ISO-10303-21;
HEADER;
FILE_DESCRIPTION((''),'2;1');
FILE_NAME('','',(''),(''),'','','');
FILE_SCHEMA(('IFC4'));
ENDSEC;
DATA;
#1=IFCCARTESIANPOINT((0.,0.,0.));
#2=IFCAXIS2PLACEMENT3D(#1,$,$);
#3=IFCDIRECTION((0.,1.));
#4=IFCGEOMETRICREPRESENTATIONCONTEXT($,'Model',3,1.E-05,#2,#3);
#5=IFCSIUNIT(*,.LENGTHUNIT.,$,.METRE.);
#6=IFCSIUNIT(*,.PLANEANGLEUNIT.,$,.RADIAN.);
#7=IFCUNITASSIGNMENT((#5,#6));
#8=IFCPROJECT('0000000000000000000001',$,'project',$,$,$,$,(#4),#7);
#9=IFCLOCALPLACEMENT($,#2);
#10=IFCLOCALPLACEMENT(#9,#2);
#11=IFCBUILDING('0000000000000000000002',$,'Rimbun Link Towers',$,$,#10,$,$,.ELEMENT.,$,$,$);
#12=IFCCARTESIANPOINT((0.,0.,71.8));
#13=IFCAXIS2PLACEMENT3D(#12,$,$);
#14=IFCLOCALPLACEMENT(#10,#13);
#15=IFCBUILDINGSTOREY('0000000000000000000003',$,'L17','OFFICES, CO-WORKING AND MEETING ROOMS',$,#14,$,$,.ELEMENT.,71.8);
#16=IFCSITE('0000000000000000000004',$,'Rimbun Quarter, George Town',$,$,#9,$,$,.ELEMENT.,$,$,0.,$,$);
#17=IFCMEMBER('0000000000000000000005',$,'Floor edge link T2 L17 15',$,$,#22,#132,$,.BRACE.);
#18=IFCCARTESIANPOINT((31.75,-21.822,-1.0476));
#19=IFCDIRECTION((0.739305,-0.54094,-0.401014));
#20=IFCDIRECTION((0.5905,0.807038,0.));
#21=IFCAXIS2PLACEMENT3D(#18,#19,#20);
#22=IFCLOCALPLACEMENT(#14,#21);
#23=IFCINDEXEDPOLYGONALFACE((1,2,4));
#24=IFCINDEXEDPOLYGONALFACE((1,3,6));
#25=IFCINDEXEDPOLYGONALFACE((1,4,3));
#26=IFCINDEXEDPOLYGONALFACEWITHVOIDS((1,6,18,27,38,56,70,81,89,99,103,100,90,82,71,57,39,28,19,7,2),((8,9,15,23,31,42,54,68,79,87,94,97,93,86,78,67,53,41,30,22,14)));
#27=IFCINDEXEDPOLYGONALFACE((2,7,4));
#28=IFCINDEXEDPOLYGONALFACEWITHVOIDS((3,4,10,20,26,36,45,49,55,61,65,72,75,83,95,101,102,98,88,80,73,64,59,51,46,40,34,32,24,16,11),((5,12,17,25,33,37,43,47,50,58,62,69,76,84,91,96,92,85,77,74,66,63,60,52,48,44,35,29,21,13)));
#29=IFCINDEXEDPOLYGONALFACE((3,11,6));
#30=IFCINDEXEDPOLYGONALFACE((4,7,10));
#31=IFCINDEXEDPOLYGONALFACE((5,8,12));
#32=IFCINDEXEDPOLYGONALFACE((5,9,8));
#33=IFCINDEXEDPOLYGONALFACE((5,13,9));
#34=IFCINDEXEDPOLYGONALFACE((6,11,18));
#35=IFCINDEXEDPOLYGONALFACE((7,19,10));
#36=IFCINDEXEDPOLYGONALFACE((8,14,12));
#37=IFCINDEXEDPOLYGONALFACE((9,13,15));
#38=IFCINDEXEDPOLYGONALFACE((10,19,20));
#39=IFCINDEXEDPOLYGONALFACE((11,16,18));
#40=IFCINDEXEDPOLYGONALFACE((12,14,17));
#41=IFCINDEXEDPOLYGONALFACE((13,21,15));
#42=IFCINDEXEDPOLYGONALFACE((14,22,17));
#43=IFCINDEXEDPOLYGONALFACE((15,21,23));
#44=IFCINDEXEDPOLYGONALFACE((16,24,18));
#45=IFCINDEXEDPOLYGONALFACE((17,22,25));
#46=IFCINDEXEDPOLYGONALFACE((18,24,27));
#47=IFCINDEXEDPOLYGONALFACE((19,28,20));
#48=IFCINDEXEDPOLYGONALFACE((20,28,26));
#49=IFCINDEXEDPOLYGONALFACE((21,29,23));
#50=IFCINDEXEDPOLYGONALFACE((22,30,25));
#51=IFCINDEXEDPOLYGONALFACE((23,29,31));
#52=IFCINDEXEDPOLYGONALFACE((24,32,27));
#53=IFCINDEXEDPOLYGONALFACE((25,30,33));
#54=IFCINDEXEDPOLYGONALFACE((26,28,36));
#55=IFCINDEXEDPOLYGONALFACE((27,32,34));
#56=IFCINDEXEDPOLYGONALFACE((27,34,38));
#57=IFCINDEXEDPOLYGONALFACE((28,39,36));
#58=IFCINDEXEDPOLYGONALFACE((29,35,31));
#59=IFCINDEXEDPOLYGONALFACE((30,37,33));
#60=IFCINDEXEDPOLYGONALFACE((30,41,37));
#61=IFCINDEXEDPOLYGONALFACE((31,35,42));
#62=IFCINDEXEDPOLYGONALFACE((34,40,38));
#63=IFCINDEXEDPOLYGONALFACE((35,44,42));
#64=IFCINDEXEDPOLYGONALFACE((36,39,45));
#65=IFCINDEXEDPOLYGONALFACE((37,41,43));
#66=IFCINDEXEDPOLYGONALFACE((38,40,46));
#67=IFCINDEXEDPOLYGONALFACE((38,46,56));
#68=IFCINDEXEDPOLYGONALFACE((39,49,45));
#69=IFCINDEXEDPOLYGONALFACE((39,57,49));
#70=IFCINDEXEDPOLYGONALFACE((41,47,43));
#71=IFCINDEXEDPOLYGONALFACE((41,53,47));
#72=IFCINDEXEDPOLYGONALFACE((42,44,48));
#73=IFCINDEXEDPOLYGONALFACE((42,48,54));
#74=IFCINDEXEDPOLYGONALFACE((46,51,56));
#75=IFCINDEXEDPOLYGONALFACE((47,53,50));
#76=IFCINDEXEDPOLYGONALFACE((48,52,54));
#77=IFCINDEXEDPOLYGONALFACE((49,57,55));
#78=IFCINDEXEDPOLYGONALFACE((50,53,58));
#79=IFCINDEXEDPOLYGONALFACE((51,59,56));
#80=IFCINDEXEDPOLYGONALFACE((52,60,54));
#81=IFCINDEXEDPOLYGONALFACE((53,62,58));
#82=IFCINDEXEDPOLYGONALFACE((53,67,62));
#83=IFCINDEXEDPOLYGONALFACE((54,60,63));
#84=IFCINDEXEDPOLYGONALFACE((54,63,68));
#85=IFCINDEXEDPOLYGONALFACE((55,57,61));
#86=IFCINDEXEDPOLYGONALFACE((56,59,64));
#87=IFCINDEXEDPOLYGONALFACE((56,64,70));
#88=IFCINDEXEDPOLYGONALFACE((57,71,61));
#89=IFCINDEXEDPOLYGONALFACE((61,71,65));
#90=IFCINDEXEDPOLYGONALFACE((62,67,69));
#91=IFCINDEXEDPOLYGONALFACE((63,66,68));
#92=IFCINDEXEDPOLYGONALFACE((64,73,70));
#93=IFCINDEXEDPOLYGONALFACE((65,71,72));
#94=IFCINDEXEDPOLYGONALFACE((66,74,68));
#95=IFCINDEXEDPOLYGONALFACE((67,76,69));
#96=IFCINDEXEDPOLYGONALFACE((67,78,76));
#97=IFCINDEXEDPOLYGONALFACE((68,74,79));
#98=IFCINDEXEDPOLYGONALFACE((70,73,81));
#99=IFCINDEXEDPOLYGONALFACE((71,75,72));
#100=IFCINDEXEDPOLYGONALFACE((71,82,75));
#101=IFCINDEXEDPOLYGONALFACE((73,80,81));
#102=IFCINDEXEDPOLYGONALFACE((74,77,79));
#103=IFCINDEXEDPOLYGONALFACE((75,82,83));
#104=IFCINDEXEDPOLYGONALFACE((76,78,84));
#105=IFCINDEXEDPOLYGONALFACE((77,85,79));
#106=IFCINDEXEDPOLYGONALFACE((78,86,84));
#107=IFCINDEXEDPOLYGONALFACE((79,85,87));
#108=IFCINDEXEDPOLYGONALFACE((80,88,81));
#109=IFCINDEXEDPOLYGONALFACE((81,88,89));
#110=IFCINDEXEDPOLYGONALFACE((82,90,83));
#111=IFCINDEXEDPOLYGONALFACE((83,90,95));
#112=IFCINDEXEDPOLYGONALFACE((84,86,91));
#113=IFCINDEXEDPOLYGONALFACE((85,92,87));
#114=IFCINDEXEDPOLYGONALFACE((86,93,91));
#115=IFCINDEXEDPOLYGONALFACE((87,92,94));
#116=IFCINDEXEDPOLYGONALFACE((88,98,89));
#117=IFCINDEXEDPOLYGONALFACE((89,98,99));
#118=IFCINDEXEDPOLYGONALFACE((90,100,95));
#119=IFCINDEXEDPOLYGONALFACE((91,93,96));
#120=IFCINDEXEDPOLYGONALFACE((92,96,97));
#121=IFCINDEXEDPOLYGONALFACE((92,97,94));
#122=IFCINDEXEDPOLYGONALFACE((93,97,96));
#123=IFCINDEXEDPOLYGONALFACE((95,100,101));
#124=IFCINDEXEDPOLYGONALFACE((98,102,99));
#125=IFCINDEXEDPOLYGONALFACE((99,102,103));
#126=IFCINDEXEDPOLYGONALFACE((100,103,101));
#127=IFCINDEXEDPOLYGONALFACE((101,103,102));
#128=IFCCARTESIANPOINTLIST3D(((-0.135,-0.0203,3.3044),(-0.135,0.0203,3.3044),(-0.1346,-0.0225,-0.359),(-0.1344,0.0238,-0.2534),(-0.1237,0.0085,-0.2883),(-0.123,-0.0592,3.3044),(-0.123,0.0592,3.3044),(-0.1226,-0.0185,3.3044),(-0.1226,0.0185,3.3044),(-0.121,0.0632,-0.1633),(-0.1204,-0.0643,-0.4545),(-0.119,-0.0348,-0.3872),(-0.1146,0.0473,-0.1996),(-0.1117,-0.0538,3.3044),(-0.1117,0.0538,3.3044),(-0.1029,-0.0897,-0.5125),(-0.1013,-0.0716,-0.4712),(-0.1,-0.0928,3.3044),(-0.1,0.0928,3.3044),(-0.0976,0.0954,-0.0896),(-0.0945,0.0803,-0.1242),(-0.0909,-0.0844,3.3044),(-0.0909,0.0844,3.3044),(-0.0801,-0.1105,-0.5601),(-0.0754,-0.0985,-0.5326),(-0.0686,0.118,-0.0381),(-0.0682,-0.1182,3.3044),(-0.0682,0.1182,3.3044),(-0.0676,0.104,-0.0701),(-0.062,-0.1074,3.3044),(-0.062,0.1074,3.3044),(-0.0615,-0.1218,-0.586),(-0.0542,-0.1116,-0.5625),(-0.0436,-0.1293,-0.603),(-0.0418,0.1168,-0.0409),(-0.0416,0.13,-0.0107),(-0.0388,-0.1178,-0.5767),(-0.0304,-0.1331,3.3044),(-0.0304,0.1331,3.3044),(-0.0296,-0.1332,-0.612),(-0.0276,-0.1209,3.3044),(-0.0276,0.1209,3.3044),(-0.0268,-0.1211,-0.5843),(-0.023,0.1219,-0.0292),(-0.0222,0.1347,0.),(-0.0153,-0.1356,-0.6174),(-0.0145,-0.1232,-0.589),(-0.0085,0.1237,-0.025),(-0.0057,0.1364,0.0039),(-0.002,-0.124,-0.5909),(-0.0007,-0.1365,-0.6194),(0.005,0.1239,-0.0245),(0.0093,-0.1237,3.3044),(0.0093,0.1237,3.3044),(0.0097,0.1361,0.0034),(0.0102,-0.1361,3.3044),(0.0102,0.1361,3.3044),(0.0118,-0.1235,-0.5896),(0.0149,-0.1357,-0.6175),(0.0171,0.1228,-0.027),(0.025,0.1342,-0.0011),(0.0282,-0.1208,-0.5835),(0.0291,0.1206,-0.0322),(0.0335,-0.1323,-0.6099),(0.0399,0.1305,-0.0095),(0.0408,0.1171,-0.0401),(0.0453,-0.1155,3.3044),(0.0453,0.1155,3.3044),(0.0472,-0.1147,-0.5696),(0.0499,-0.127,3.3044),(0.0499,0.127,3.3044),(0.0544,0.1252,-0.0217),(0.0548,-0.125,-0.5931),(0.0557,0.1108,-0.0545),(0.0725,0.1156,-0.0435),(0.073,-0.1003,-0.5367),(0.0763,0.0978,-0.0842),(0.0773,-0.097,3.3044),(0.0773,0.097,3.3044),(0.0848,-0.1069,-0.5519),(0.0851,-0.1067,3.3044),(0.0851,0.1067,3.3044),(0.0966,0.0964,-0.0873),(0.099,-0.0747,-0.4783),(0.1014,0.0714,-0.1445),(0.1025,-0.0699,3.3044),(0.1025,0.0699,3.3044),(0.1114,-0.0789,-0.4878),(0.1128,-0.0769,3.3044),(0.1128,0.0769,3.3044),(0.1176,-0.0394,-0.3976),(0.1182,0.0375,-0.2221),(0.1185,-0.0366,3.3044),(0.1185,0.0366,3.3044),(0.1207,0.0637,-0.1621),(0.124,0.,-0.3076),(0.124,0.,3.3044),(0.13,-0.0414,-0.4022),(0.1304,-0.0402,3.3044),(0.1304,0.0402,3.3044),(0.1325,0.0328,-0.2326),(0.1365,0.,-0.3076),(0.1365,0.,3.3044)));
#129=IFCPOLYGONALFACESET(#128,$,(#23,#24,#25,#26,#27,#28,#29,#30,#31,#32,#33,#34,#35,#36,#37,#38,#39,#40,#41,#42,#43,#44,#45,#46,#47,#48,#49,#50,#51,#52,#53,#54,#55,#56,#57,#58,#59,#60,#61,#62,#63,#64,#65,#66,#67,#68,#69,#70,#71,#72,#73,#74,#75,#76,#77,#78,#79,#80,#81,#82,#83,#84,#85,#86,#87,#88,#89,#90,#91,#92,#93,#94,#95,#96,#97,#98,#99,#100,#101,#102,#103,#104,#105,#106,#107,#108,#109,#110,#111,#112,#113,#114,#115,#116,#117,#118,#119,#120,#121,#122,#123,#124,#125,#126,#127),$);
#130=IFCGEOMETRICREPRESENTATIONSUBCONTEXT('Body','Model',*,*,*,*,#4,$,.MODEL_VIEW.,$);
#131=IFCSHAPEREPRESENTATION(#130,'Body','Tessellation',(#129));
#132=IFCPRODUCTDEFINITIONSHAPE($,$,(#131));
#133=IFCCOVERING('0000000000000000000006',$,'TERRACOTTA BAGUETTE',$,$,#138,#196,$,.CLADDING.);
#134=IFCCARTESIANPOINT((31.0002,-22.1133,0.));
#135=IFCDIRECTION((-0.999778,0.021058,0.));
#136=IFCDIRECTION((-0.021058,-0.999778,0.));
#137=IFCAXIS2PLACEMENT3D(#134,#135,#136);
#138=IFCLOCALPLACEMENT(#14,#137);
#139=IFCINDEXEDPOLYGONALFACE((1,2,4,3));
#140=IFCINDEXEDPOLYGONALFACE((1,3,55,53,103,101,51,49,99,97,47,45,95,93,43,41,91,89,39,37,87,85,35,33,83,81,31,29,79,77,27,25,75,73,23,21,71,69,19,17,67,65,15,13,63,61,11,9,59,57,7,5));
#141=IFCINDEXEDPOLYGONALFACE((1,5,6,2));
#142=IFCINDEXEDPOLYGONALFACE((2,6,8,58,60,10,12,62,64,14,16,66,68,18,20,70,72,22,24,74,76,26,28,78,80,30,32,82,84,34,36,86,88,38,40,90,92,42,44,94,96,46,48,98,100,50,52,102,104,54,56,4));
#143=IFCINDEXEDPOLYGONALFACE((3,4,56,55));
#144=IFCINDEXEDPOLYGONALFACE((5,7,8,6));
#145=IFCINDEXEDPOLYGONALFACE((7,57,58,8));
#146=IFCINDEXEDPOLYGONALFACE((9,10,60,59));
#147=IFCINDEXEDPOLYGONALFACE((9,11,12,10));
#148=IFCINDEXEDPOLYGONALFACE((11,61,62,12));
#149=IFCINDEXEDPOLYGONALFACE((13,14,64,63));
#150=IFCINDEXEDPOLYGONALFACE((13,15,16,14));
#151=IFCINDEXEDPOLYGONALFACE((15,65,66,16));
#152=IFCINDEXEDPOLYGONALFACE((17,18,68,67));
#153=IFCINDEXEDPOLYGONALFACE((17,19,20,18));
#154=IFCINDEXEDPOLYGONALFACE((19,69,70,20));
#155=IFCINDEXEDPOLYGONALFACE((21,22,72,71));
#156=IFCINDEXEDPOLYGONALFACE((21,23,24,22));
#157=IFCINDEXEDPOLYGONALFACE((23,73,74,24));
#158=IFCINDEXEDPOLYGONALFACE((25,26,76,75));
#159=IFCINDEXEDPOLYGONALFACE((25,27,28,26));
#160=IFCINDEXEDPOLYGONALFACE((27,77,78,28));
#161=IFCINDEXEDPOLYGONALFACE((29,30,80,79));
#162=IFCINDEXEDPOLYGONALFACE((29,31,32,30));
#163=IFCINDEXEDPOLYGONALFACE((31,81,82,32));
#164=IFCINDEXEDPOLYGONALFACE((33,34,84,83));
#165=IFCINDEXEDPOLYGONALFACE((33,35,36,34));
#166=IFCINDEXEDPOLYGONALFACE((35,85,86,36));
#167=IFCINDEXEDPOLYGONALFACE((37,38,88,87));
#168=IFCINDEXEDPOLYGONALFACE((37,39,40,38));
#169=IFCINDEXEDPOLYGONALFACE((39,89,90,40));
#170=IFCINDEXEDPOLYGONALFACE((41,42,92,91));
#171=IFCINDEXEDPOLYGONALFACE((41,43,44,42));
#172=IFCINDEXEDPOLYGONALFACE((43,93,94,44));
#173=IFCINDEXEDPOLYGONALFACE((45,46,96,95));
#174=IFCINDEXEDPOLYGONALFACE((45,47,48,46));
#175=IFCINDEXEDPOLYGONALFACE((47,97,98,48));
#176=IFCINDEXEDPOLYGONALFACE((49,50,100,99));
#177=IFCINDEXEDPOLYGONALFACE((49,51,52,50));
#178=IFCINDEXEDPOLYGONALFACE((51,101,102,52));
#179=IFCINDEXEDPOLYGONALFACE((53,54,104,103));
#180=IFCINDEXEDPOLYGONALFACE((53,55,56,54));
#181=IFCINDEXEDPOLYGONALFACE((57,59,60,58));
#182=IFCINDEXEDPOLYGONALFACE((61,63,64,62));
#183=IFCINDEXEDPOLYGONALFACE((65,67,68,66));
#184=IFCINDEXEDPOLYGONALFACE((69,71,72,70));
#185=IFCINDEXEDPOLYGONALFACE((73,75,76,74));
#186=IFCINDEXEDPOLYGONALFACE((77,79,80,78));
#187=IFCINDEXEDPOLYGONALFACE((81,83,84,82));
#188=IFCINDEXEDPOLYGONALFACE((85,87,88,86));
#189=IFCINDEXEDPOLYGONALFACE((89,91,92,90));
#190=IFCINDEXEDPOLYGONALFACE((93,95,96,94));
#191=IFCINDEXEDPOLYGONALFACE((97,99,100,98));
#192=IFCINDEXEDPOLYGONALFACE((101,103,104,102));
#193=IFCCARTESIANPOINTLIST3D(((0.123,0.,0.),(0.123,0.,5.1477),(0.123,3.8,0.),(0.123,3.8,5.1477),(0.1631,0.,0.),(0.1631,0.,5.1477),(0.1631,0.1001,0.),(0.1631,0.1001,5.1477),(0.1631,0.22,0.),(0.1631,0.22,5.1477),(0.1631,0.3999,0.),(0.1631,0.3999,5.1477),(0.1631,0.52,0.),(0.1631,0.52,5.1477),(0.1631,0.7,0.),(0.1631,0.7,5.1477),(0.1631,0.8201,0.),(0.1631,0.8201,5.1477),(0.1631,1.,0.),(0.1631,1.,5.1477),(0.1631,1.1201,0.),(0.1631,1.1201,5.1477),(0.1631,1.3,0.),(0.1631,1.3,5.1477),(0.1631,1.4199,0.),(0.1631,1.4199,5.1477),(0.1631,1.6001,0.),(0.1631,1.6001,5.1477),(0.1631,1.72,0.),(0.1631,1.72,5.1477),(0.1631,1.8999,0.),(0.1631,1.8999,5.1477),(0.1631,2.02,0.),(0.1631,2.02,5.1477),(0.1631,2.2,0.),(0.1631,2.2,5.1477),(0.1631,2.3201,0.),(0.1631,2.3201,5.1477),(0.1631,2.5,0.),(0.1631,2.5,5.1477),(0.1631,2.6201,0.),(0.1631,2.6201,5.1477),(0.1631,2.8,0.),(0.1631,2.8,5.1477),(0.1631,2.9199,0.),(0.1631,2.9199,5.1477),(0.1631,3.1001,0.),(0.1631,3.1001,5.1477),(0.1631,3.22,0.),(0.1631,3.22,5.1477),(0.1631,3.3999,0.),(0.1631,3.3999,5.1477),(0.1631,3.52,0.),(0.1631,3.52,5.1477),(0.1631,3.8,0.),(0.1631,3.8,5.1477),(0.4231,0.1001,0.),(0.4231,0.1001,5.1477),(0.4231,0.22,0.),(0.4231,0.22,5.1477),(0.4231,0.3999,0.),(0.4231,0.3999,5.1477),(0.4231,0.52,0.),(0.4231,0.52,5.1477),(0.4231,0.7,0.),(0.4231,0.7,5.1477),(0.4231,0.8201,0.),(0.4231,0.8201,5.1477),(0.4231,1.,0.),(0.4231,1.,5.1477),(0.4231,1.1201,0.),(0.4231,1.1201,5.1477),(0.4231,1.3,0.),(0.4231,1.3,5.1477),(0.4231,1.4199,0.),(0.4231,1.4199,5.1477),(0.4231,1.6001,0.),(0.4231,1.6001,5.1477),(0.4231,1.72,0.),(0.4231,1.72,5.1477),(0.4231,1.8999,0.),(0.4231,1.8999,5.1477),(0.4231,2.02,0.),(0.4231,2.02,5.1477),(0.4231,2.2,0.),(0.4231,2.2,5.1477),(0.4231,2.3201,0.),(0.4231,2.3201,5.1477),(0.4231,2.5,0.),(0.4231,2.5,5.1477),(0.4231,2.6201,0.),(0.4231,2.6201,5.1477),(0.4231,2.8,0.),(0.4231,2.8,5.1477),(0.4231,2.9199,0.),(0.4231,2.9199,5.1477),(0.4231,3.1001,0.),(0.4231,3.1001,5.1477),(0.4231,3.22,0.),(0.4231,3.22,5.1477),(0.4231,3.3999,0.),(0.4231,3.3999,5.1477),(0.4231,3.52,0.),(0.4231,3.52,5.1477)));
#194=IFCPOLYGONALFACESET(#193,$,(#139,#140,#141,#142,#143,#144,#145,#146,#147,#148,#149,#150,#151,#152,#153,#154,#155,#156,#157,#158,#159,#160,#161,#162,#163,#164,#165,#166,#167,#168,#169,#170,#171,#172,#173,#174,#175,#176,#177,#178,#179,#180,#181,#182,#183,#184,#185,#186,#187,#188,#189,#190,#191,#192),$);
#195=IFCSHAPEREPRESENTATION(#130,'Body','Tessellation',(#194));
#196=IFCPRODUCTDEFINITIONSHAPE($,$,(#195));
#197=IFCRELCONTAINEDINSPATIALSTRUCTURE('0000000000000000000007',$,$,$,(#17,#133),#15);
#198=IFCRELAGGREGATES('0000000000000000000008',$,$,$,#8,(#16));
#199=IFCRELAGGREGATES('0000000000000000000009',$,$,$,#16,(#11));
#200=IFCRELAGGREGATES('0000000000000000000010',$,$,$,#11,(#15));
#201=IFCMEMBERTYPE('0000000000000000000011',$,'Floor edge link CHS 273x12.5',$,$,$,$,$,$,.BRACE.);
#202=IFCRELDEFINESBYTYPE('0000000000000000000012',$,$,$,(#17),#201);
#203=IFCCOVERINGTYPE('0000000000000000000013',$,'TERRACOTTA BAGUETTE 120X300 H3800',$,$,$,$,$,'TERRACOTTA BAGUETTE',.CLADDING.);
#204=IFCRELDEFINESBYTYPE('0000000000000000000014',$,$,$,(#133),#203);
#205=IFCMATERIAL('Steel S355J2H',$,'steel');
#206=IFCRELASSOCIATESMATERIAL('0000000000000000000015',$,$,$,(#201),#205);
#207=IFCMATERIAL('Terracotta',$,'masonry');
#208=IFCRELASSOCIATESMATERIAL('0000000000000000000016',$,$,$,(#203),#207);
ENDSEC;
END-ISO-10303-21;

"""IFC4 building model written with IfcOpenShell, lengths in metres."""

from ifc_helpers import new_model, si_unit, direction, frame, origin, origin_2d, place, context, subcontext, project, spatial, polyline, hollow_circle, outline, extrude, clip, halfspace, material, material_profile, profile_set, type_object, element, save


model = new_model("IFC4")

# Units and contexts
model_context = context("Model", 3, precision=1e-05, world=origin(), true_north=direction((0.0, 1.0)))
body_context = subcontext(model_context, "Body", "Model", "MODEL_VIEW")
ifc_project = project(units=[si_unit("LENGTHUNIT", "METRE"), si_unit("PLANEANGLEUNIT", "RADIAN")], contexts=[model_context])

# Site, building, storey
site_placement = place(None, origin())
site = spatial("IfcSite", under=ifc_project, at=site_placement, Name="Rimbun Quarter, George Town", CompositionType="ELEMENT", RefElevation=0.0)
building_placement = place(site_placement, origin())
building = spatial("IfcBuilding", under=site, at=building_placement, Name="Rimbun Link Towers", CompositionType="ELEMENT")
storey_placement = place(building_placement, frame((0.0, 0.0, 71.8)))
storey = spatial("IfcBuildingStorey", under=building, at=storey_placement, Name="L17", Description="OFFICES, CO-WORKING AND MEETING ROOMS", CompositionType="ELEMENT", Elevation=71.8)

# Member
ifc_material_1 = material(Name="Steel S355J2H", Category="steel")
ifc_material_profile_1 = material_profile(ifc_material_1, hollow_circle(Radius=0.1365, WallThickness=0.0125, at=origin_2d()), Name="CHS 273x12.5")
ifc_profile_set_1 = profile_set([ifc_material_profile_1], Name="Steel S355J2H")
member_type_1 = type_object("IfcMemberType", Name="Floor edge link CHS 273x12.5", PredefinedType="BRACE", material=ifc_profile_set_1)
member_1_placement = place(storey_placement, frame((31.75, -21.822, -1.0476), z_axis=(0.739305, -0.54094, -0.401014), x_axis=(0.5905, 0.807038, 0.0)))
element("IfcMember", 1, at=member_1_placement, inside=storey, type_object=member_type_1, Name="Floor edge link T2 L17 15", PredefinedType="BRACE", context=body_context, shape_type="Clipping", body=[
    clip(extrude(hollow_circle(Radius=0.1365, WallThickness=0.0125, at=origin_2d()), frame((0.0, 0.0, -0.6487)), (0.0, 0.0, 1.0), 3.9531), halfspace(frame((0.0, 0.0, -0.3076), z_axis=(0.0, 0.916072, -0.401014)), False)),
])

# Covering
ifc_material_2 = material(Name="Terracotta", Category="masonry")
ifc_material_profile_2 = material_profile(ifc_material_2, outline(polyline([(0.123, 0.0), (0.1631, 0.0), (0.1631, 0.1001), (0.4231, 0.1001), (0.4231, 0.22), (0.1631, 0.22), (0.1631, 0.3999), (0.4231, 0.3999), (0.4231, 0.52), (0.1631, 0.52), (0.1631, 0.7), (0.4231, 0.7), (0.4231, 0.8201), (0.1631, 0.8201), (0.1631, 1.0), (0.4231, 1.0), (0.4231, 1.1201), (0.1631, 1.1201), (0.1631, 1.3), (0.4231, 1.3), (0.4231, 1.4199), (0.1631, 1.4199), (0.1631, 1.6001), (0.4231, 1.6001), (0.4231, 1.72), (0.1631, 1.72), (0.1631, 1.8999), (0.4231, 1.8999), (0.4231, 2.02), (0.1631, 2.02), (0.1631, 2.2), (0.4231, 2.2), (0.4231, 2.3201), (0.1631, 2.3201), (0.1631, 2.5), (0.4231, 2.5), (0.4231, 2.6201), (0.1631, 2.6201), (0.1631, 2.8), (0.4231, 2.8), (0.4231, 2.9199), (0.1631, 2.9199), (0.1631, 3.1001), (0.4231, 3.1001), (0.4231, 3.22), (0.1631, 3.22), (0.1631, 3.3999), (0.4231, 3.3999), (0.4231, 3.52), (0.1631, 3.52), (0.1631, 3.8), (0.123, 3.8), (0.123, 0.0)])), Name="BAGUETTE 120X300")
ifc_profile_set_2 = profile_set([ifc_material_profile_2], Name="Terracotta")
covering_type = type_object("IfcCoveringType", Name="TERRACOTTA BAGUETTE 120X300 H3800", ElementType="TERRACOTTA BAGUETTE", PredefinedType="CLADDING", material=ifc_profile_set_2)
covering_placement = place(storey_placement, frame((31.0002, -22.1133, 0.0), z_axis=(-0.999778, 0.021058, 0.0), x_axis=(-0.021058, -0.999778, 0.0)))
element("IfcCovering", 2, at=covering_placement, inside=storey, type_object=covering_type, Name="TERRACOTTA BAGUETTE", PredefinedType="CLADDING", context=body_context, shape_type="SweptSolid", body=[
    extrude(outline(polyline([(0.123, 0.0), (0.1631, 0.0), (0.1631, 0.1001), (0.4231, 0.1001), (0.4231, 0.22), (0.1631, 0.22), (0.1631, 0.3999), (0.4231, 0.3999), (0.4231, 0.52), (0.1631, 0.52), (0.1631, 0.7), (0.4231, 0.7), (0.4231, 0.8201), (0.1631, 0.8201), (0.1631, 1.0), (0.4231, 1.0), (0.4231, 1.1201), (0.1631, 1.1201), (0.1631, 1.3), (0.4231, 1.3), (0.4231, 1.4199), (0.1631, 1.4199), (0.1631, 1.6001), (0.4231, 1.6001), (0.4231, 1.72), (0.1631, 1.72), (0.1631, 1.8999), (0.4231, 1.8999), (0.4231, 2.02), (0.1631, 2.02), (0.1631, 2.2), (0.4231, 2.2), (0.4231, 2.3201), (0.1631, 2.3201), (0.1631, 2.5), (0.4231, 2.5), (0.4231, 2.6201), (0.1631, 2.6201), (0.1631, 2.8), (0.4231, 2.8), (0.4231, 2.9199), (0.1631, 2.9199), (0.1631, 3.1001), (0.4231, 3.1001), (0.4231, 3.22), (0.1631, 3.22), (0.1631, 3.3999), (0.4231, 3.3999), (0.4231, 3.52), (0.1631, 3.52), (0.1631, 3.8), (0.123, 3.8), (0.123, 0.0)])), origin(), (0.0, 0.0, 1.0), 5.1477),
])

save(model, "model.ifc")
